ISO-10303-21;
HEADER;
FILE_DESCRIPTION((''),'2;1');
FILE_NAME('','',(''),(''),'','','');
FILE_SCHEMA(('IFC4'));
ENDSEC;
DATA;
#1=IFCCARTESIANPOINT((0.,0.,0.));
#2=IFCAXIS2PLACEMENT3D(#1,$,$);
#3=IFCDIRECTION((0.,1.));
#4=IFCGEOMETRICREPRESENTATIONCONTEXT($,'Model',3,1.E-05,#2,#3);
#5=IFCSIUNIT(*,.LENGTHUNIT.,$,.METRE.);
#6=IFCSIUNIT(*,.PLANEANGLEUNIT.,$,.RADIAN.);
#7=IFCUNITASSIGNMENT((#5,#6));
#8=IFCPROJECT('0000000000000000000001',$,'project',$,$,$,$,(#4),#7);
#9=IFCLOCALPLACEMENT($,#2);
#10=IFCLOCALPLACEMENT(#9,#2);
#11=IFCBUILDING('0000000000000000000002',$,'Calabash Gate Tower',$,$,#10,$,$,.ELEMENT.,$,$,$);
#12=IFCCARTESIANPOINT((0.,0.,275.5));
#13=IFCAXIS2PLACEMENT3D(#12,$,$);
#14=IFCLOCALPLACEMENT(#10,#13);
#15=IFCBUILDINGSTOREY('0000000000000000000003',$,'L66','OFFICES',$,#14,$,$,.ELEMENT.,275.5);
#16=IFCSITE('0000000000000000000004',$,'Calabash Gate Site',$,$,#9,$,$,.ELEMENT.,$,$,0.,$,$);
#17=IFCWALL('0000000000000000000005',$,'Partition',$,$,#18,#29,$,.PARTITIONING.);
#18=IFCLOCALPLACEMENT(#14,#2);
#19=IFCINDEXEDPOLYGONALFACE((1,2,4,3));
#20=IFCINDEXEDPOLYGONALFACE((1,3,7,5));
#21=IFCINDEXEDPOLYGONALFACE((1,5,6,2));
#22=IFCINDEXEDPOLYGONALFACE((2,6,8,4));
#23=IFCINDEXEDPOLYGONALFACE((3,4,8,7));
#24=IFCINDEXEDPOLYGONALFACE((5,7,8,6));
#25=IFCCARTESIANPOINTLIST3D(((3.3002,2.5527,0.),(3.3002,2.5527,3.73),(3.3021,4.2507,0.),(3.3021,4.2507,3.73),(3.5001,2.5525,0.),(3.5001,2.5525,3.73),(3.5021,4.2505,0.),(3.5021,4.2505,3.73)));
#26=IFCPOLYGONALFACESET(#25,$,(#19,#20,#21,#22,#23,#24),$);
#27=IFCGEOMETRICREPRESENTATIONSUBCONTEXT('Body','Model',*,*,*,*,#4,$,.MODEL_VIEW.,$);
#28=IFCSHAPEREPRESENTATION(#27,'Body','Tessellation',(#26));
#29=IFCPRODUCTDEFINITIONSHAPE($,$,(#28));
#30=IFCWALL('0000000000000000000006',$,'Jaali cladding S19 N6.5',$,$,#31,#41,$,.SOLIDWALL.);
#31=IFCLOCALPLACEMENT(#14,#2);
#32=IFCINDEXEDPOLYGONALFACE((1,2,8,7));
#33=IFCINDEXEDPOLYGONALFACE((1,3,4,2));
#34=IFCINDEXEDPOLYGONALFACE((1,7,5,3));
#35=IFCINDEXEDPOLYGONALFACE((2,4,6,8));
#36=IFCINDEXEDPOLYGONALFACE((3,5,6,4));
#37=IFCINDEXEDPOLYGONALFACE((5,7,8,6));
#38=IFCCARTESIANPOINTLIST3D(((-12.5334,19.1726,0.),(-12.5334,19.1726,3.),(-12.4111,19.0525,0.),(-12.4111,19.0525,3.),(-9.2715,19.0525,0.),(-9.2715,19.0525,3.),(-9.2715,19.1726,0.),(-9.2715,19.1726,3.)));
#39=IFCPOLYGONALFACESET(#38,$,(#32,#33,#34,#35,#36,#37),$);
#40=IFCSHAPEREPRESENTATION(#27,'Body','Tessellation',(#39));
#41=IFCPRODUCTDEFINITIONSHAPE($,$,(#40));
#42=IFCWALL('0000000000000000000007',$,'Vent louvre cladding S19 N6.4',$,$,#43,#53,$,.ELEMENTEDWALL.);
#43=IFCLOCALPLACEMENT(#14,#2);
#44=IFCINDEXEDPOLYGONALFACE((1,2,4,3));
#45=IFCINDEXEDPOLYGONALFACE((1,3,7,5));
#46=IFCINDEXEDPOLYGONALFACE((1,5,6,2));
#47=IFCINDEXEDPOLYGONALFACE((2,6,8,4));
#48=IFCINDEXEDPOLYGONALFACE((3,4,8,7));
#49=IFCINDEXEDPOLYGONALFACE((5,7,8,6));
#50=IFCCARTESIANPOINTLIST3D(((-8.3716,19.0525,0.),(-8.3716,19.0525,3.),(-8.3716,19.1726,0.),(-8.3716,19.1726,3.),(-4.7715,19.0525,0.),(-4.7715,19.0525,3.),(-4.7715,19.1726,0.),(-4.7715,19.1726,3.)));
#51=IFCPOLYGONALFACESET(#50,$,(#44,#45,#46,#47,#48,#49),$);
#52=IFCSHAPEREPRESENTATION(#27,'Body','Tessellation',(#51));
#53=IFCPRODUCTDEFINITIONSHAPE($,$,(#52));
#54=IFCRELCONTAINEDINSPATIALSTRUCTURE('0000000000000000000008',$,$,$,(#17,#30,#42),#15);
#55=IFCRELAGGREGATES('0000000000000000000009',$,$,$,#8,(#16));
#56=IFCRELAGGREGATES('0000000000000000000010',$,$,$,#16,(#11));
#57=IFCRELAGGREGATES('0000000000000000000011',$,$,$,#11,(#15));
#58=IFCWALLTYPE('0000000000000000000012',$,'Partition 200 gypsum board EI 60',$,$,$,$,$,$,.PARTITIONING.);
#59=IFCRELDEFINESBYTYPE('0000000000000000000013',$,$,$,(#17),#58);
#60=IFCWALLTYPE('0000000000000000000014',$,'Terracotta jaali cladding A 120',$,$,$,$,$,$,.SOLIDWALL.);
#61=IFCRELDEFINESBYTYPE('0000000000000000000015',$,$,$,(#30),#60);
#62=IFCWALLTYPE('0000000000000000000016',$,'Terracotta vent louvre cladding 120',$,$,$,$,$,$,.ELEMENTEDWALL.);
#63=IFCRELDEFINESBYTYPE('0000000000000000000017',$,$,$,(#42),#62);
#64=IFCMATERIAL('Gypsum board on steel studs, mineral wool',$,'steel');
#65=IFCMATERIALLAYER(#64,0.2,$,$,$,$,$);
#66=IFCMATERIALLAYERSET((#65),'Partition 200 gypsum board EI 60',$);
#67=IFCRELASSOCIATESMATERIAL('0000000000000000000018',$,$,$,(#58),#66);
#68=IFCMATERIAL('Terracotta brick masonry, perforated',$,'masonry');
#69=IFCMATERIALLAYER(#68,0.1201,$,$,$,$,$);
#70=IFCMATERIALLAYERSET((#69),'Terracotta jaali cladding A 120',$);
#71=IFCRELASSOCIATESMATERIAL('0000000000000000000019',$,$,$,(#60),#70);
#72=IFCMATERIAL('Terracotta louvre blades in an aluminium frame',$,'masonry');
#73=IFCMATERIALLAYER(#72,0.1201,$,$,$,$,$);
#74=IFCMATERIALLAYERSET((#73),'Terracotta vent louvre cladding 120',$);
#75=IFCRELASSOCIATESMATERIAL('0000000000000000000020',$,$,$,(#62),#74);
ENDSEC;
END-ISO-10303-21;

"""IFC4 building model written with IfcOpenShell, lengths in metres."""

from ifc_helpers import new_model, si_unit, direction, frame, frame_2d, origin, place, context, subcontext, project, spatial, polyline, rectangle, outline, extrude, material, layer, layer_set, type_object, element, save


model = new_model("IFC4")

# Units and contexts
model_context = context("Model", 3, precision=1e-05, world=origin(), true_north=direction((0.0, 1.0)))
body_context = subcontext(model_context, "Body", "Model", "MODEL_VIEW")
ifc_project = project(units=[si_unit("LENGTHUNIT", "METRE"), si_unit("PLANEANGLEUNIT", "RADIAN")], contexts=[model_context])

# Site, building, storey
site_placement = place(None, origin())
site = spatial("IfcSite", under=ifc_project, at=site_placement, Name="Calabash Gate Site", CompositionType="ELEMENT", RefElevation=0.0)
building_placement = place(site_placement, origin())
building = spatial("IfcBuilding", under=site, at=building_placement, Name="Calabash Gate Tower", CompositionType="ELEMENT")
storey_placement = place(building_placement, frame((0.0, 0.0, 275.5)))
storey = spatial("IfcBuildingStorey", under=building, at=storey_placement, Name="L66", Description="OFFICES", CompositionType="ELEMENT", Elevation=275.5)

# Walls
ifc_material_1 = material(Name="Gypsum board on steel studs, mineral wool", Category="steel")
ifc_layer_1 = layer(ifc_material_1, 0.2)
ifc_layer_set_1 = layer_set([ifc_layer_1], Name="Partition 200 gypsum board EI 60")
wall_type_1 = type_object("IfcWallType", Name="Partition 200 gypsum board EI 60", PredefinedType="PARTITIONING", material=ifc_layer_set_1)
wall_1_placement = place(storey_placement, frame((3.4001, 2.5525, 0.0), z_axis=(0.0, 0.0, 1.0), x_axis=(0.00115, 0.999999, 0.0)))
element("IfcWall", 1, at=wall_1_placement, inside=storey, type_object=wall_type_1, Name="Partition", PredefinedType="PARTITIONING", context=body_context, shape_type="SweptSolid", body=[
    extrude(rectangle(XDim=1.698, YDim=0.2, at=frame_2d((0.8491, 0.0))), origin(), (0.0, 0.0, 1.0), 3.73),
])
ifc_material_2 = material(Name="Terracotta brick masonry, perforated", Category="masonry")
ifc_layer_2 = layer(ifc_material_2, 0.1201)
ifc_layer_set_2 = layer_set([ifc_layer_2], Name="Terracotta jaali cladding A 120")
wall_type_2 = type_object("IfcWallType", Name="Terracotta jaali cladding A 120", PredefinedType="SOLIDWALL", material=ifc_layer_set_2)
wall_2_placement = place(storey_placement, origin())
element("IfcWall", 2, at=wall_2_placement, inside=storey, type_object=wall_type_2, Name="Jaali cladding S19 N6.5", PredefinedType="SOLIDWALL", context=body_context, shape_type="SweptSolid", body=[
    extrude(outline(polyline([(-12.4111, 19.0525), (-9.2715, 19.0525), (-9.2715, 19.1726), (-12.5334, 19.1726), (-12.4111, 19.0525)])), origin(), (0.0, 0.0, 1.0), 3.0),
])
ifc_material_3 = material(Name="Terracotta louvre blades in an aluminium frame", Category="masonry")
ifc_layer_3 = layer(ifc_material_3, 0.1201)
ifc_layer_set_3 = layer_set([ifc_layer_3], Name="Terracotta vent louvre cladding 120")
wall_type_3 = type_object("IfcWallType", Name="Terracotta vent louvre cladding 120", PredefinedType="ELEMENTEDWALL", material=ifc_layer_set_3)
wall_3_placement = place(storey_placement, origin())
element("IfcWall", 3, at=wall_3_placement, inside=storey, type_object=wall_type_3, Name="Vent louvre cladding S19 N6.4", PredefinedType="ELEMENTEDWALL", context=body_context, shape_type="SweptSolid", body=[
    extrude(outline(polyline([(-8.3716, 19.1726), (-8.3716, 19.0525), (-4.7715, 19.0525), (-4.7715, 19.1726), (-8.3716, 19.1726)])), origin(), (0.0, 0.0, 1.0), 3.0),
])

save(model, "model.ifc")
